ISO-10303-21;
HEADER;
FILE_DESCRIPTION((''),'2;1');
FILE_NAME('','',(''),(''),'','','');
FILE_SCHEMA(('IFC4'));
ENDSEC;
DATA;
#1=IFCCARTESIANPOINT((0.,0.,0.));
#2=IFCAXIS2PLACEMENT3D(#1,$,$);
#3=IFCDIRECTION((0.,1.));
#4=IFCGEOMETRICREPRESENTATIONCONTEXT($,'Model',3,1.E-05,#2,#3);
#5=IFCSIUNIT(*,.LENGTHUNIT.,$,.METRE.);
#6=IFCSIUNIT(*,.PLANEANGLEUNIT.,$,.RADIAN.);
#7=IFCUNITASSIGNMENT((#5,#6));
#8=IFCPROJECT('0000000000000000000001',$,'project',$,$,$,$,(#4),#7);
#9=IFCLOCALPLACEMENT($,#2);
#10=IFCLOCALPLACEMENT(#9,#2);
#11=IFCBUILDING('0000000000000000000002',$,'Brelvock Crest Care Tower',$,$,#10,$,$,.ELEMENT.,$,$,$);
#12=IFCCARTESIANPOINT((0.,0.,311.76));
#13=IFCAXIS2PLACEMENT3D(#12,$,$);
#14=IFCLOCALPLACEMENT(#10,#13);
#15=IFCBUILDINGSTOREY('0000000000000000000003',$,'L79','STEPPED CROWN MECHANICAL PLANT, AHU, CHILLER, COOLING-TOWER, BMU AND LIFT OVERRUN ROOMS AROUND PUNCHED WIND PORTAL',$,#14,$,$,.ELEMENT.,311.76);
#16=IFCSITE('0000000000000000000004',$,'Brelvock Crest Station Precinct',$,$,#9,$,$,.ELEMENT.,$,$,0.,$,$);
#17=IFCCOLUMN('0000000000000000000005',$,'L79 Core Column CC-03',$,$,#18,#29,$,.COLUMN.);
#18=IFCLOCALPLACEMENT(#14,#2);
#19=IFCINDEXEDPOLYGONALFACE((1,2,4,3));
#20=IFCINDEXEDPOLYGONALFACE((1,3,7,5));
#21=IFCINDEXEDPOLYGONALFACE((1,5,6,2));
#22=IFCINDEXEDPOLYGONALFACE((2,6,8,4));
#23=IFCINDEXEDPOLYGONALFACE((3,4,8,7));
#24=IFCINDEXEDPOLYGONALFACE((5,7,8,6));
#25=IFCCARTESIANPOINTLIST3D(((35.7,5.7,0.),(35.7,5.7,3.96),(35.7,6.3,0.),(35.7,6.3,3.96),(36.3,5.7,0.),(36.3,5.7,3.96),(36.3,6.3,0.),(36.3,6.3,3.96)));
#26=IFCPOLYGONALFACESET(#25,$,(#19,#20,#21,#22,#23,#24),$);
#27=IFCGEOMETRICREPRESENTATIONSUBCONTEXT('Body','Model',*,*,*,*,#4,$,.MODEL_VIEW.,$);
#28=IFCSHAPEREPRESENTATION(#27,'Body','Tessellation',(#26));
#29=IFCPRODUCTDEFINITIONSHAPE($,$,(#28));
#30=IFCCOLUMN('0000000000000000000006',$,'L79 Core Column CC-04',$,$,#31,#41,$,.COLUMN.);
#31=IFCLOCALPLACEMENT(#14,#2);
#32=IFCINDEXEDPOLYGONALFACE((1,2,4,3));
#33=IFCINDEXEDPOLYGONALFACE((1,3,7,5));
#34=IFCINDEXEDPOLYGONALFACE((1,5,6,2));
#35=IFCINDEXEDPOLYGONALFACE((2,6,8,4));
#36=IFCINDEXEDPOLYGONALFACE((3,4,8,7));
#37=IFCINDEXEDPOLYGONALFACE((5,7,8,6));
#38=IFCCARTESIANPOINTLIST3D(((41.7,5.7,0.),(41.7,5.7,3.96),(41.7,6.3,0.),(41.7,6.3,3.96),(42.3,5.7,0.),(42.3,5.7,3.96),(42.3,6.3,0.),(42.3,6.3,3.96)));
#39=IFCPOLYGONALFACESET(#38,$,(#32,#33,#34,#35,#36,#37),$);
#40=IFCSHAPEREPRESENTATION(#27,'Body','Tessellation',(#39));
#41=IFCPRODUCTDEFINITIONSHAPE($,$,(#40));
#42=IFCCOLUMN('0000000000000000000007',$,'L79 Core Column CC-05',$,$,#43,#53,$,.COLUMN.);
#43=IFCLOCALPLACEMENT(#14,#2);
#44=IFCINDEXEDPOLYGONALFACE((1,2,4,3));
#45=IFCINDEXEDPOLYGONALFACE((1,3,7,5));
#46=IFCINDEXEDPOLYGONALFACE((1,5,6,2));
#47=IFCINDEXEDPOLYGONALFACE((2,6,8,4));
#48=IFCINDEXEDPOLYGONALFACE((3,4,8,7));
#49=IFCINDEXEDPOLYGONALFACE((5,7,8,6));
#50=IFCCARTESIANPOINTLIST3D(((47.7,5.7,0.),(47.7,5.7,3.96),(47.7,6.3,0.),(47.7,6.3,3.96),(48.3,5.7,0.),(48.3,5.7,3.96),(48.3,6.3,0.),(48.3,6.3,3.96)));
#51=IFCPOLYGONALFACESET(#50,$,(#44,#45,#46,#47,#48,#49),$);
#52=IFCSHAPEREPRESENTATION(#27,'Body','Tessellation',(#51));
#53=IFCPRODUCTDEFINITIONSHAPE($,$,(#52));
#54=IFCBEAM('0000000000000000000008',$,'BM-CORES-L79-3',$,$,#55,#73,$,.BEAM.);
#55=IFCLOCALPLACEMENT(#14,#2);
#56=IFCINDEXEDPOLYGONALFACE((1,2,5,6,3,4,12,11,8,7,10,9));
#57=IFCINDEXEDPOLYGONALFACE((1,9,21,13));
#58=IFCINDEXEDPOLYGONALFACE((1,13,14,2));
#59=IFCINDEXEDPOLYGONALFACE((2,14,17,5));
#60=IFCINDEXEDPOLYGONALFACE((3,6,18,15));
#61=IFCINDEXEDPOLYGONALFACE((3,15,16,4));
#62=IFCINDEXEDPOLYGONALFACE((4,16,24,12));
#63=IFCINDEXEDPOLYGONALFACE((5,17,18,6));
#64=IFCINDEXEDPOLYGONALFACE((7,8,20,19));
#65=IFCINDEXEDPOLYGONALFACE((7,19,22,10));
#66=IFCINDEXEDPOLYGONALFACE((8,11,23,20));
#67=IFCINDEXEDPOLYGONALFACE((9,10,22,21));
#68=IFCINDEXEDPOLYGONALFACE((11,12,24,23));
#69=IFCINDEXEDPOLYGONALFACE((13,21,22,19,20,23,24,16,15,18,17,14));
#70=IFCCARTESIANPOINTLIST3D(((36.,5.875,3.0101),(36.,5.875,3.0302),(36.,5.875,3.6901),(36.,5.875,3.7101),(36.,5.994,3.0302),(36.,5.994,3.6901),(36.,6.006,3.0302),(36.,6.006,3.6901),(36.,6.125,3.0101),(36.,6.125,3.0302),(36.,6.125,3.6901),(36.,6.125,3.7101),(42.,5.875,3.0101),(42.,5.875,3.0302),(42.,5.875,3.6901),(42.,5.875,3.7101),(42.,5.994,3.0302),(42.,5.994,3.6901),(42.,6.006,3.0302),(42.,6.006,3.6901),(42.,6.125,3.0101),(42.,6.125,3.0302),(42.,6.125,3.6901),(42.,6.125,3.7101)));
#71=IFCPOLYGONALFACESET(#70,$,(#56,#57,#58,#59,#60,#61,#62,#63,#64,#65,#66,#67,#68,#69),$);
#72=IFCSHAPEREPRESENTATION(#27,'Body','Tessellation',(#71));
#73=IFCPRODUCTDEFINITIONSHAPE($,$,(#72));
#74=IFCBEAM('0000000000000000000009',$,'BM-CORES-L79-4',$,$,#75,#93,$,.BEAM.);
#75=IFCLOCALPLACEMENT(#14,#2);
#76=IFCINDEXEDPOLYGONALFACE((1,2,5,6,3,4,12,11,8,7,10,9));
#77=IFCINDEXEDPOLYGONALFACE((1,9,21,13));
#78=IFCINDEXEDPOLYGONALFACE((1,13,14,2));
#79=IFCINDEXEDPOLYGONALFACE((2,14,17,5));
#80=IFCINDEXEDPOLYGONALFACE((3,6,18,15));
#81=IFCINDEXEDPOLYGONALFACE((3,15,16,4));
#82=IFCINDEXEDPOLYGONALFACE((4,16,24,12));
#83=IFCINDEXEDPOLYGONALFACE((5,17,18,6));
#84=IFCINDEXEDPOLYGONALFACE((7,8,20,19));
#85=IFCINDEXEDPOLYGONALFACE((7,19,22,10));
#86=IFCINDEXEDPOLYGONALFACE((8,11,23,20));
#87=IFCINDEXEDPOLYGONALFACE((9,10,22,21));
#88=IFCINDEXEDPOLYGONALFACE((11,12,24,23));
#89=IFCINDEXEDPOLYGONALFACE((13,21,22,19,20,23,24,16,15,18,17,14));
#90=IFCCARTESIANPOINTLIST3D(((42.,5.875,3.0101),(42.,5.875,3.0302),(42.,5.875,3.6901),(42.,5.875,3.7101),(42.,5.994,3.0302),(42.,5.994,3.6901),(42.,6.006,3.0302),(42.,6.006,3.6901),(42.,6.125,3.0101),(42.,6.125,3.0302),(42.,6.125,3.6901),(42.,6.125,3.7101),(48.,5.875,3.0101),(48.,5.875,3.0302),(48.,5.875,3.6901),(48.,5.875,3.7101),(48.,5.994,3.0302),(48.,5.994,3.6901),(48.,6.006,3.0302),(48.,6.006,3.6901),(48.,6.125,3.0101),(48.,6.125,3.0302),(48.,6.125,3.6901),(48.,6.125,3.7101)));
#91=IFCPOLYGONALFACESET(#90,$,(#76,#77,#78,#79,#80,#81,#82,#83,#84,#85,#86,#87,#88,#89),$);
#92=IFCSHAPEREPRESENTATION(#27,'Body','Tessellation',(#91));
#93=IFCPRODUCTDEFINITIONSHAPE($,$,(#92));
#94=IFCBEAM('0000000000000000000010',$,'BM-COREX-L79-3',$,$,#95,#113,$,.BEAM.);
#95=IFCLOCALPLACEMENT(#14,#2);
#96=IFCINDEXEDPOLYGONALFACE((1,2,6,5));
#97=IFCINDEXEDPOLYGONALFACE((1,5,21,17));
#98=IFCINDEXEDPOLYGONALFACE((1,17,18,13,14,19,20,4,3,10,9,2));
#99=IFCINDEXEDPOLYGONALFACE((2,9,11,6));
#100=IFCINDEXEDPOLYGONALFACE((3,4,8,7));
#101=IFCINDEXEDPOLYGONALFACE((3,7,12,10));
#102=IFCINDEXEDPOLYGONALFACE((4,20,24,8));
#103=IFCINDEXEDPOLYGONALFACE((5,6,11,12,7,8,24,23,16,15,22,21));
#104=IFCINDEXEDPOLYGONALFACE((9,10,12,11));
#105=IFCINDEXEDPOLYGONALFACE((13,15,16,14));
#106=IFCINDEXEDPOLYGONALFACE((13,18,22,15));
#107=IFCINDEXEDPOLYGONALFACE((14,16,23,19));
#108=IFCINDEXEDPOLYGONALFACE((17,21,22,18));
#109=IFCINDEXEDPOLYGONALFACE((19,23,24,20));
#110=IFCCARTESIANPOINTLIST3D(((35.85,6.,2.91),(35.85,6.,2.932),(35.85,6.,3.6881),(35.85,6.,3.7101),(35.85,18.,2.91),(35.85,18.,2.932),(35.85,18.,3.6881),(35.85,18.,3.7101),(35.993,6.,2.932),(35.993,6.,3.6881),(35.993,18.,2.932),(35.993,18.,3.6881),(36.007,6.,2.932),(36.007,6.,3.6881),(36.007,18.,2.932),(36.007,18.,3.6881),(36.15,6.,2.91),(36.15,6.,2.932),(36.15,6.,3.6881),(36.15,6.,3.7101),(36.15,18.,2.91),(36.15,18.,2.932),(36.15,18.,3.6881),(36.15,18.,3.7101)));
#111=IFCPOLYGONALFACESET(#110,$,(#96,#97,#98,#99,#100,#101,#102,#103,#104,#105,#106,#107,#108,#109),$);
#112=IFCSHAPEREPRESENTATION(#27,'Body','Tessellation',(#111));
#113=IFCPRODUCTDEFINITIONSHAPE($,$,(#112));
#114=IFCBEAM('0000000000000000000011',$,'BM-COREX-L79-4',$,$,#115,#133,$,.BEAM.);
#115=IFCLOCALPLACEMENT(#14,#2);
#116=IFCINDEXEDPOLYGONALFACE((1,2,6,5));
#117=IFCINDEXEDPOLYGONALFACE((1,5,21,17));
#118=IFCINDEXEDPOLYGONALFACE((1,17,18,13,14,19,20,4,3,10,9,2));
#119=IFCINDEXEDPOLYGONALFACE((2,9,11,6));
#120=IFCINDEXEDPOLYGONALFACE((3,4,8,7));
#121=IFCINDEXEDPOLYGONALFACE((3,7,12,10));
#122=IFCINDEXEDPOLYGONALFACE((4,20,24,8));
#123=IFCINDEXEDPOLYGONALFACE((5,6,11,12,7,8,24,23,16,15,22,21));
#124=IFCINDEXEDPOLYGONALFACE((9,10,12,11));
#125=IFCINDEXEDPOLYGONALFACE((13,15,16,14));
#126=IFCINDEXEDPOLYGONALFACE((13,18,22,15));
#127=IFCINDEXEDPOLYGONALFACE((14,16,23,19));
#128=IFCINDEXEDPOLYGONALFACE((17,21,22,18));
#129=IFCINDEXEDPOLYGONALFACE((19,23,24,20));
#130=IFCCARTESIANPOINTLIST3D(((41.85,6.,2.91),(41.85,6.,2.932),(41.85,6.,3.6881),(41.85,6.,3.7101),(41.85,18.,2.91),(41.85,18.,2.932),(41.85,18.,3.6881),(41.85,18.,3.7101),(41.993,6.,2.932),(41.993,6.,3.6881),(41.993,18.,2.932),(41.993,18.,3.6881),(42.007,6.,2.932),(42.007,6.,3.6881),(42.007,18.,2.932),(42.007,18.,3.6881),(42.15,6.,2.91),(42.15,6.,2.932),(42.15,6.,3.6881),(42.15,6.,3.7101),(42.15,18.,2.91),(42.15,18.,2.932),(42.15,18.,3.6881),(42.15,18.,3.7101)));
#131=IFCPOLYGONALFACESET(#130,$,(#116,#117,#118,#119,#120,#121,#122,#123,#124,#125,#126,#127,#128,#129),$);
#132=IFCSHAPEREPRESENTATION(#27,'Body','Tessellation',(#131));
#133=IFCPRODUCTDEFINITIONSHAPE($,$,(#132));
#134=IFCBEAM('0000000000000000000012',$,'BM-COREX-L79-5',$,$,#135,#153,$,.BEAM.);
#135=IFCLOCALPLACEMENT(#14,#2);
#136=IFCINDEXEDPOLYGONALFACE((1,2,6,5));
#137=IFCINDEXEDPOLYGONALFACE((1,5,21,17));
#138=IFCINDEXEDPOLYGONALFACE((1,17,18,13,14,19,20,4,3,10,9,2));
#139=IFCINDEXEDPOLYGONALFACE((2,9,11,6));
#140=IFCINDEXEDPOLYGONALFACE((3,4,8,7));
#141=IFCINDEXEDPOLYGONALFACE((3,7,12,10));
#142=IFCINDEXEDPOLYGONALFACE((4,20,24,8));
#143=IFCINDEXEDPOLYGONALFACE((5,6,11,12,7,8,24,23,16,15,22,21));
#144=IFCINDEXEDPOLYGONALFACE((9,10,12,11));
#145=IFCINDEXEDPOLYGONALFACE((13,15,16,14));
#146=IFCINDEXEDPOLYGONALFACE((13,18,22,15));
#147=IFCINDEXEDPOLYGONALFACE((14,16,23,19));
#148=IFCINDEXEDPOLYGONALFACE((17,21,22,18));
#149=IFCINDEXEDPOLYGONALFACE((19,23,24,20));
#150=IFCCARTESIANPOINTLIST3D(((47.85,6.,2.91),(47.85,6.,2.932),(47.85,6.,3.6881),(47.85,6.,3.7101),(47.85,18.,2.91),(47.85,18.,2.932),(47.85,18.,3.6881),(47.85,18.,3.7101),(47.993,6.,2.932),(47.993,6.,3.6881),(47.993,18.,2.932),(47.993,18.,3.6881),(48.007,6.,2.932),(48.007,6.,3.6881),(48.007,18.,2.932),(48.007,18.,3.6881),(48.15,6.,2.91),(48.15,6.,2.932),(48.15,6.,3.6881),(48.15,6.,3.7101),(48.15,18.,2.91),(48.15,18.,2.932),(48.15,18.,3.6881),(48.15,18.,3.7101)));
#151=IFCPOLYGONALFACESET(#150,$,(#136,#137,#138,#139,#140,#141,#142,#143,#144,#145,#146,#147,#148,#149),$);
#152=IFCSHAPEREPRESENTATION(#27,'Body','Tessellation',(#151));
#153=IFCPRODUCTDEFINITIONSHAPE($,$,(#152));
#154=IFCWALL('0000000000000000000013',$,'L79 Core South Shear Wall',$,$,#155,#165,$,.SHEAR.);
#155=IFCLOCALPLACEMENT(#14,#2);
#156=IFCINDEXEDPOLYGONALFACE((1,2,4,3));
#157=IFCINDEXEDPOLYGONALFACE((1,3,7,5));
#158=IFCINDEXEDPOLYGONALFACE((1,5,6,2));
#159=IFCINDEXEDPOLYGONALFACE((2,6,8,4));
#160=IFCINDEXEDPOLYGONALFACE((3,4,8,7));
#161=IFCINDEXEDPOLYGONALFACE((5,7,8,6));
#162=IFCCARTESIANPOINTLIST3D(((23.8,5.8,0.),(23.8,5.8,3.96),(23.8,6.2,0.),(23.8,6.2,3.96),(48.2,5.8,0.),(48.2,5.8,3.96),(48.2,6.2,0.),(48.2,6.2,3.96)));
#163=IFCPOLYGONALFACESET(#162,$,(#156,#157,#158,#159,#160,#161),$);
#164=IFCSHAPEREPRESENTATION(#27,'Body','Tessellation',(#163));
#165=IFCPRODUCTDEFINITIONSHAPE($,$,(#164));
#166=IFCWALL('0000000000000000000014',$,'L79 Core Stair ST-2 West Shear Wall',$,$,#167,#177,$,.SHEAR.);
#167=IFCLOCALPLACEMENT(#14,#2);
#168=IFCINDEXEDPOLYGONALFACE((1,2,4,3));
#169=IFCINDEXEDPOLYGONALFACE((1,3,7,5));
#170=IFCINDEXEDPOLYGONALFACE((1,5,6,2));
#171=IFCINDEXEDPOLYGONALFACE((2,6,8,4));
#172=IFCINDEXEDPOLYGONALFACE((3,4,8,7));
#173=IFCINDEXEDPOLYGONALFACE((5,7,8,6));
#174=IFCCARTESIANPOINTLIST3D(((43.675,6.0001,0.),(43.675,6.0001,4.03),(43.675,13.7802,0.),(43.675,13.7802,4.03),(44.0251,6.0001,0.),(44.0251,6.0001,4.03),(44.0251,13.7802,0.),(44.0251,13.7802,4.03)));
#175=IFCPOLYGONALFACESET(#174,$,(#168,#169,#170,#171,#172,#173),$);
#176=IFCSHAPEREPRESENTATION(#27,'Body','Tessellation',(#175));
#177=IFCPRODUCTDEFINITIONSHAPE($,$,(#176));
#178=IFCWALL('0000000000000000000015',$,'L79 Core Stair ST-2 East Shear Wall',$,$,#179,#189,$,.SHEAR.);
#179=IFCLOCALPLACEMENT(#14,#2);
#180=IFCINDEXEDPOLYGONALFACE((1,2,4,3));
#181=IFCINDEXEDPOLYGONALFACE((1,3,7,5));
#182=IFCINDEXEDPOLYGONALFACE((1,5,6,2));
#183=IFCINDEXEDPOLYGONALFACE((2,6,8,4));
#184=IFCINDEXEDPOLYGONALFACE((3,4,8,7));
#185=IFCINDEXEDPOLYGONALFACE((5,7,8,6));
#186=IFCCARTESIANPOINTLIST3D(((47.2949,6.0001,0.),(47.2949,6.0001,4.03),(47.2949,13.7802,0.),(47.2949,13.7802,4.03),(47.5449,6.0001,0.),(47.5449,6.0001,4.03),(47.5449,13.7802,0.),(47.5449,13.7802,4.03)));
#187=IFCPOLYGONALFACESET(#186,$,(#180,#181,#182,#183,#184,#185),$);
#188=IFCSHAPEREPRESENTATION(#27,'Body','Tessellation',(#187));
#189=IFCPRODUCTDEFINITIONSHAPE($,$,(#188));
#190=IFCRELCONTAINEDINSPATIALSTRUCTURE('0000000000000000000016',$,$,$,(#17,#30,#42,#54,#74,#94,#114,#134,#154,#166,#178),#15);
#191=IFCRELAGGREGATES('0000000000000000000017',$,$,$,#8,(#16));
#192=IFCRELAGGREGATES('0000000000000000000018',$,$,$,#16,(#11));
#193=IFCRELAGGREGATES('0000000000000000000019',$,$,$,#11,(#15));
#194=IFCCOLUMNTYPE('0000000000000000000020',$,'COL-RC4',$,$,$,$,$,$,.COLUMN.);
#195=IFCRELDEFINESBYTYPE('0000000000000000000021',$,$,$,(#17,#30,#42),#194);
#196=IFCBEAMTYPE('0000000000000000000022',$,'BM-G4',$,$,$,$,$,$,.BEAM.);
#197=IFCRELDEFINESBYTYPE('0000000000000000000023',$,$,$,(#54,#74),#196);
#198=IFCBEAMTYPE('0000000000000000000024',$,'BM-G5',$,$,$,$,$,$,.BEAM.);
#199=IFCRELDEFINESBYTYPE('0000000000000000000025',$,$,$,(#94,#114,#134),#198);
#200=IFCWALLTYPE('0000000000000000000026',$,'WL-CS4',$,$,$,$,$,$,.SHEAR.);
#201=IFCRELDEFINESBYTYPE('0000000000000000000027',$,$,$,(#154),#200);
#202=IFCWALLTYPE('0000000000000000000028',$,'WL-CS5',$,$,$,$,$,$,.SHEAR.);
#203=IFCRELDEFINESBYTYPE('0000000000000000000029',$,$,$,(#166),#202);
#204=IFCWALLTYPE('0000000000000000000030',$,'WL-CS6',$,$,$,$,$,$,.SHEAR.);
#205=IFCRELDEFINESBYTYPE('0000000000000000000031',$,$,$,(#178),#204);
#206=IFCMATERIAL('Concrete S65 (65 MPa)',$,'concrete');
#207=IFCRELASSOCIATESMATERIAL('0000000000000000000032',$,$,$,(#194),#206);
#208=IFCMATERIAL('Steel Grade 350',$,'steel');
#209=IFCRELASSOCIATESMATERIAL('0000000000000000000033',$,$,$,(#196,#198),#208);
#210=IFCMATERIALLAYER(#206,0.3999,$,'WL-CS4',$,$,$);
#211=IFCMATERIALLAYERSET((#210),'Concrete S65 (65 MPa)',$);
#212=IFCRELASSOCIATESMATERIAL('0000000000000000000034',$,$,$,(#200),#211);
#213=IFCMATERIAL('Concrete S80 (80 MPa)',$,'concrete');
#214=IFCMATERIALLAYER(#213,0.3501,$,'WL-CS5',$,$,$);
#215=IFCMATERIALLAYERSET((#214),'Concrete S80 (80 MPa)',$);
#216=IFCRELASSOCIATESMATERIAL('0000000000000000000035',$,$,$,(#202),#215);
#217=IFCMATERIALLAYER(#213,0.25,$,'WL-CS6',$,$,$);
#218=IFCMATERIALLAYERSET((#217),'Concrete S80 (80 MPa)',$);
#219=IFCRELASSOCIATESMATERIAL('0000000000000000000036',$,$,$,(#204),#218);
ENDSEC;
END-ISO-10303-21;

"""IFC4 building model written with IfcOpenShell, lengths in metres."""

from ifc_helpers import new_model, si_unit, direction, frame, frame_2d, origin, origin_2d, place, context, subcontext, project, spatial, rectangle, i_section, extrude, source, transform, mapped, material, layer, layer_set, material_profile, profile_set, type_object, element, save


model = new_model("IFC4")

# Units and contexts
model_context = context("Model", 3, precision=1e-05, world=origin(), true_north=direction((0.0, 1.0)))
body_context = subcontext(model_context, "Body", "Model", "MODEL_VIEW")
ifc_project = project(units=[si_unit("LENGTHUNIT", "METRE"), si_unit("PLANEANGLEUNIT", "RADIAN")], contexts=[model_context])

# Site, building, storey
site_placement = place(None, origin())
site = spatial("IfcSite", under=ifc_project, at=site_placement, Name="Brelvock Crest Station Precinct", CompositionType="ELEMENT", RefElevation=0.0)
building_placement = place(site_placement, origin())
building = spatial("IfcBuilding", under=site, at=building_placement, Name="Brelvock Crest Care Tower", CompositionType="ELEMENT")
storey_placement = place(building_placement, frame((0.0, 0.0, 311.76)))
storey = spatial("IfcBuildingStorey", under=building, at=storey_placement, Name="L79", Description="STEPPED CROWN MECHANICAL PLANT, AHU, CHILLER, COOLING-TOWER, BMU AND LIFT OVERRUN ROOMS AROUND PUNCHED WIND PORTAL", CompositionType="ELEMENT", Elevation=311.76)

# Columns
ifc_material_1 = material(Name="Concrete S65 (65 MPa)", Category="concrete")
ifc_material_profile_1 = material_profile(ifc_material_1, rectangle(XDim=0.6001, YDim=0.6001, at=origin_2d()), Name="RC600x600")
ifc_profile_set_1 = profile_set([ifc_material_profile_1], Name="Concrete S65 (65 MPa)")
column_type = type_object("IfcColumnType", Name="COL-RC4", PredefinedType="COLUMN", material=ifc_profile_set_1)
shared_shape_1 = source(origin(), body_context, "Body", "SweptSolid", [
    extrude(rectangle(XDim=0.6001, YDim=0.6001, at=origin_2d()), origin(), (0.0, 0.0, 1.0), 3.96),
])
for number, where, z_axis, x_axis, name in (
    (1, (36.0, 6.0, 0.0), (0.0, 0.0, 1.0), (1.0, 0.0, 0.0), "L79 Core Column CC-03"),
    (2, (42.0, 6.0, 0.0), (0.0, 0.0, 1.0), (1.0, 0.0, 0.0), "L79 Core Column CC-04"),
    (3, (48.0, 6.0, 0.0), (0.0, 0.0, 1.0), (1.0, 0.0, 0.0), "L79 Core Column CC-05"),
):
    element("IfcColumn", number, at=place(storey_placement, frame(where, z_axis=z_axis, x_axis=x_axis)), inside=storey, type_object=column_type, Name=name, PredefinedType="COLUMN", context=body_context, shape_type="MappedRepresentation", body=[
        mapped(shared_shape_1, transform((0.0, 0.0, 0.0), x_axis=(1.0, 0.0, 0.0), y_axis=(0.0, 1.0, 0.0), z_axis=(0.0, 0.0, 1.0), scale=1.0)),
    ])

# Beams
ifc_material_2 = material(Name="Steel Grade 350", Category="steel")
ifc_material_profile_2 = material_profile(ifc_material_2, i_section(OverallWidth=0.25, OverallDepth=0.7, WebThickness=0.012, FlangeThickness=0.02, at=origin_2d()), Name="700WB150")
ifc_profile_set_2 = profile_set([ifc_material_profile_2], Name="Steel Grade 350")
beam_type_1 = type_object("IfcBeamType", Name="BM-G4", PredefinedType="BEAM", material=ifc_profile_set_2)
shared_shape_2 = source(origin(), body_context, "Body", "SweptSolid", [
    extrude(i_section(OverallWidth=0.25, OverallDepth=0.7, WebThickness=0.012, FlangeThickness=0.02, at=origin_2d()), origin(), (0.0, 0.0, 1.0), 6.0),
])
for number, where, z_axis, x_axis, name in (
    (4, (36.0, 6.0, 3.3601), (1.0, 0.0, 0.0), (0.0, 1.0, 0.0), "BM-CORES-L79-3"),
    (5, (42.0, 6.0, 3.3601), (1.0, 0.0, 0.0), (0.0, 1.0, 0.0), "BM-CORES-L79-4"),
):
    element("IfcBeam", number, at=place(storey_placement, frame(where, z_axis=z_axis, x_axis=x_axis)), inside=storey, type_object=beam_type_1, Name=name, PredefinedType="BEAM", context=body_context, shape_type="MappedRepresentation", body=[
        mapped(shared_shape_2, transform((0.0, 0.0, 0.0), x_axis=(1.0, 0.0, 0.0), y_axis=(0.0, 1.0, 0.0), z_axis=(0.0, 0.0, 1.0), scale=1.0)),
    ])
ifc_material_profile_3 = material_profile(ifc_material_2, i_section(OverallWidth=0.3, OverallDepth=0.8, WebThickness=0.0139, FlangeThickness=0.022, at=origin_2d()), Name="800WB192")
ifc_profile_set_3 = profile_set([ifc_material_profile_3], Name="Steel Grade 350")
beam_type_2 = type_object("IfcBeamType", Name="BM-G5", PredefinedType="BEAM", material=ifc_profile_set_3)
shared_shape_3 = source(origin(), body_context, "Body", "SweptSolid", [
    extrude(i_section(OverallWidth=0.3, OverallDepth=0.8, WebThickness=0.0139, FlangeThickness=0.022, at=origin_2d()), origin(), (0.0, 0.0, 1.0), 12.0),
])
for number, where, z_axis, x_axis, name in (
    (6, (36.0, 6.0, 3.3101), (0.0, 1.0, 0.0), (-1.0, 0.0, 0.0), "BM-COREX-L79-3"),
    (7, (42.0, 6.0, 3.3101), (0.0, 1.0, 0.0), (-1.0, 0.0, 0.0), "BM-COREX-L79-4"),
    (8, (48.0, 6.0, 3.3101), (0.0, 1.0, 0.0), (-1.0, 0.0, 0.0), "BM-COREX-L79-5"),
):
    element("IfcBeam", number, at=place(storey_placement, frame(where, z_axis=z_axis, x_axis=x_axis)), inside=storey, type_object=beam_type_2, Name=name, PredefinedType="BEAM", context=body_context, shape_type="MappedRepresentation", body=[
        mapped(shared_shape_3, transform((0.0, 0.0, 0.0), x_axis=(1.0, 0.0, 0.0), y_axis=(0.0, 1.0, 0.0), z_axis=(0.0, 0.0, 1.0), scale=1.0)),
    ])

# Walls
ifc_layer_1 = layer(ifc_material_1, 0.3999, Name="WL-CS4")
ifc_layer_set_1 = layer_set([ifc_layer_1], Name="Concrete S65 (65 MPa)")
wall_type_1 = type_object("IfcWallType", Name="WL-CS4", PredefinedType="SHEAR", material=ifc_layer_set_1)
wall_1_placement = place(storey_placement, frame((48.2, 6.0, 0.0), z_axis=(0.0, 0.0, 1.0), x_axis=(-1.0, 0.0, 0.0)))
element("IfcWall", 9, at=wall_1_placement, inside=storey, type_object=wall_type_1, Name="L79 Core South Shear Wall", PredefinedType="SHEAR", context=body_context, shape_type="SweptSolid", body=[
    extrude(rectangle(XDim=24.3999, YDim=0.3999, at=frame_2d((12.2, 0.0))), origin(), (0.0, 0.0, 1.0), 3.96),
])
ifc_material_3 = material(Name="Concrete S80 (80 MPa)", Category="concrete")
ifc_layer_2 = layer(ifc_material_3, 0.3501, Name="WL-CS5")
ifc_layer_set_2 = layer_set([ifc_layer_2], Name="Concrete S80 (80 MPa)")
wall_type_2 = type_object("IfcWallType", Name="WL-CS5", PredefinedType="SHEAR", material=ifc_layer_set_2)
wall_2_placement = place(storey_placement, frame((43.8501, 6.0, 0.0), z_axis=(0.0, 0.0, 1.0), x_axis=(0.0, 1.0, 0.0)))
element("IfcWall", 10, at=wall_2_placement, inside=storey, type_object=wall_type_2, Name="L79 Core Stair ST-2 West Shear Wall", PredefinedType="SHEAR", context=body_context, shape_type="SweptSolid", body=[
    extrude(rectangle(XDim=7.78, YDim=0.3501, at=frame_2d((3.8901, 0.0))), origin(), (0.0, 0.0, 1.0), 4.03),
])
ifc_layer_3 = layer(ifc_material_3, 0.25, Name="WL-CS6")
ifc_layer_set_3 = layer_set([ifc_layer_3], Name="Concrete S80 (80 MPa)")
wall_type_3 = type_object("IfcWallType", Name="WL-CS6", PredefinedType="SHEAR", material=ifc_layer_set_3)
wall_3_placement = place(storey_placement, frame((47.4199, 6.0, 0.0), z_axis=(0.0, 0.0, 1.0), x_axis=(0.0, 1.0, 0.0)))
element("IfcWall", 11, at=wall_3_placement, inside=storey, type_object=wall_type_3, Name="L79 Core Stair ST-2 East Shear Wall", PredefinedType="SHEAR", context=body_context, shape_type="SweptSolid", body=[
    extrude(rectangle(XDim=7.78, YDim=0.25, at=frame_2d((3.8901, 0.0))), origin(), (0.0, 0.0, 1.0), 4.03),
])

save(model, "model.ifc")
